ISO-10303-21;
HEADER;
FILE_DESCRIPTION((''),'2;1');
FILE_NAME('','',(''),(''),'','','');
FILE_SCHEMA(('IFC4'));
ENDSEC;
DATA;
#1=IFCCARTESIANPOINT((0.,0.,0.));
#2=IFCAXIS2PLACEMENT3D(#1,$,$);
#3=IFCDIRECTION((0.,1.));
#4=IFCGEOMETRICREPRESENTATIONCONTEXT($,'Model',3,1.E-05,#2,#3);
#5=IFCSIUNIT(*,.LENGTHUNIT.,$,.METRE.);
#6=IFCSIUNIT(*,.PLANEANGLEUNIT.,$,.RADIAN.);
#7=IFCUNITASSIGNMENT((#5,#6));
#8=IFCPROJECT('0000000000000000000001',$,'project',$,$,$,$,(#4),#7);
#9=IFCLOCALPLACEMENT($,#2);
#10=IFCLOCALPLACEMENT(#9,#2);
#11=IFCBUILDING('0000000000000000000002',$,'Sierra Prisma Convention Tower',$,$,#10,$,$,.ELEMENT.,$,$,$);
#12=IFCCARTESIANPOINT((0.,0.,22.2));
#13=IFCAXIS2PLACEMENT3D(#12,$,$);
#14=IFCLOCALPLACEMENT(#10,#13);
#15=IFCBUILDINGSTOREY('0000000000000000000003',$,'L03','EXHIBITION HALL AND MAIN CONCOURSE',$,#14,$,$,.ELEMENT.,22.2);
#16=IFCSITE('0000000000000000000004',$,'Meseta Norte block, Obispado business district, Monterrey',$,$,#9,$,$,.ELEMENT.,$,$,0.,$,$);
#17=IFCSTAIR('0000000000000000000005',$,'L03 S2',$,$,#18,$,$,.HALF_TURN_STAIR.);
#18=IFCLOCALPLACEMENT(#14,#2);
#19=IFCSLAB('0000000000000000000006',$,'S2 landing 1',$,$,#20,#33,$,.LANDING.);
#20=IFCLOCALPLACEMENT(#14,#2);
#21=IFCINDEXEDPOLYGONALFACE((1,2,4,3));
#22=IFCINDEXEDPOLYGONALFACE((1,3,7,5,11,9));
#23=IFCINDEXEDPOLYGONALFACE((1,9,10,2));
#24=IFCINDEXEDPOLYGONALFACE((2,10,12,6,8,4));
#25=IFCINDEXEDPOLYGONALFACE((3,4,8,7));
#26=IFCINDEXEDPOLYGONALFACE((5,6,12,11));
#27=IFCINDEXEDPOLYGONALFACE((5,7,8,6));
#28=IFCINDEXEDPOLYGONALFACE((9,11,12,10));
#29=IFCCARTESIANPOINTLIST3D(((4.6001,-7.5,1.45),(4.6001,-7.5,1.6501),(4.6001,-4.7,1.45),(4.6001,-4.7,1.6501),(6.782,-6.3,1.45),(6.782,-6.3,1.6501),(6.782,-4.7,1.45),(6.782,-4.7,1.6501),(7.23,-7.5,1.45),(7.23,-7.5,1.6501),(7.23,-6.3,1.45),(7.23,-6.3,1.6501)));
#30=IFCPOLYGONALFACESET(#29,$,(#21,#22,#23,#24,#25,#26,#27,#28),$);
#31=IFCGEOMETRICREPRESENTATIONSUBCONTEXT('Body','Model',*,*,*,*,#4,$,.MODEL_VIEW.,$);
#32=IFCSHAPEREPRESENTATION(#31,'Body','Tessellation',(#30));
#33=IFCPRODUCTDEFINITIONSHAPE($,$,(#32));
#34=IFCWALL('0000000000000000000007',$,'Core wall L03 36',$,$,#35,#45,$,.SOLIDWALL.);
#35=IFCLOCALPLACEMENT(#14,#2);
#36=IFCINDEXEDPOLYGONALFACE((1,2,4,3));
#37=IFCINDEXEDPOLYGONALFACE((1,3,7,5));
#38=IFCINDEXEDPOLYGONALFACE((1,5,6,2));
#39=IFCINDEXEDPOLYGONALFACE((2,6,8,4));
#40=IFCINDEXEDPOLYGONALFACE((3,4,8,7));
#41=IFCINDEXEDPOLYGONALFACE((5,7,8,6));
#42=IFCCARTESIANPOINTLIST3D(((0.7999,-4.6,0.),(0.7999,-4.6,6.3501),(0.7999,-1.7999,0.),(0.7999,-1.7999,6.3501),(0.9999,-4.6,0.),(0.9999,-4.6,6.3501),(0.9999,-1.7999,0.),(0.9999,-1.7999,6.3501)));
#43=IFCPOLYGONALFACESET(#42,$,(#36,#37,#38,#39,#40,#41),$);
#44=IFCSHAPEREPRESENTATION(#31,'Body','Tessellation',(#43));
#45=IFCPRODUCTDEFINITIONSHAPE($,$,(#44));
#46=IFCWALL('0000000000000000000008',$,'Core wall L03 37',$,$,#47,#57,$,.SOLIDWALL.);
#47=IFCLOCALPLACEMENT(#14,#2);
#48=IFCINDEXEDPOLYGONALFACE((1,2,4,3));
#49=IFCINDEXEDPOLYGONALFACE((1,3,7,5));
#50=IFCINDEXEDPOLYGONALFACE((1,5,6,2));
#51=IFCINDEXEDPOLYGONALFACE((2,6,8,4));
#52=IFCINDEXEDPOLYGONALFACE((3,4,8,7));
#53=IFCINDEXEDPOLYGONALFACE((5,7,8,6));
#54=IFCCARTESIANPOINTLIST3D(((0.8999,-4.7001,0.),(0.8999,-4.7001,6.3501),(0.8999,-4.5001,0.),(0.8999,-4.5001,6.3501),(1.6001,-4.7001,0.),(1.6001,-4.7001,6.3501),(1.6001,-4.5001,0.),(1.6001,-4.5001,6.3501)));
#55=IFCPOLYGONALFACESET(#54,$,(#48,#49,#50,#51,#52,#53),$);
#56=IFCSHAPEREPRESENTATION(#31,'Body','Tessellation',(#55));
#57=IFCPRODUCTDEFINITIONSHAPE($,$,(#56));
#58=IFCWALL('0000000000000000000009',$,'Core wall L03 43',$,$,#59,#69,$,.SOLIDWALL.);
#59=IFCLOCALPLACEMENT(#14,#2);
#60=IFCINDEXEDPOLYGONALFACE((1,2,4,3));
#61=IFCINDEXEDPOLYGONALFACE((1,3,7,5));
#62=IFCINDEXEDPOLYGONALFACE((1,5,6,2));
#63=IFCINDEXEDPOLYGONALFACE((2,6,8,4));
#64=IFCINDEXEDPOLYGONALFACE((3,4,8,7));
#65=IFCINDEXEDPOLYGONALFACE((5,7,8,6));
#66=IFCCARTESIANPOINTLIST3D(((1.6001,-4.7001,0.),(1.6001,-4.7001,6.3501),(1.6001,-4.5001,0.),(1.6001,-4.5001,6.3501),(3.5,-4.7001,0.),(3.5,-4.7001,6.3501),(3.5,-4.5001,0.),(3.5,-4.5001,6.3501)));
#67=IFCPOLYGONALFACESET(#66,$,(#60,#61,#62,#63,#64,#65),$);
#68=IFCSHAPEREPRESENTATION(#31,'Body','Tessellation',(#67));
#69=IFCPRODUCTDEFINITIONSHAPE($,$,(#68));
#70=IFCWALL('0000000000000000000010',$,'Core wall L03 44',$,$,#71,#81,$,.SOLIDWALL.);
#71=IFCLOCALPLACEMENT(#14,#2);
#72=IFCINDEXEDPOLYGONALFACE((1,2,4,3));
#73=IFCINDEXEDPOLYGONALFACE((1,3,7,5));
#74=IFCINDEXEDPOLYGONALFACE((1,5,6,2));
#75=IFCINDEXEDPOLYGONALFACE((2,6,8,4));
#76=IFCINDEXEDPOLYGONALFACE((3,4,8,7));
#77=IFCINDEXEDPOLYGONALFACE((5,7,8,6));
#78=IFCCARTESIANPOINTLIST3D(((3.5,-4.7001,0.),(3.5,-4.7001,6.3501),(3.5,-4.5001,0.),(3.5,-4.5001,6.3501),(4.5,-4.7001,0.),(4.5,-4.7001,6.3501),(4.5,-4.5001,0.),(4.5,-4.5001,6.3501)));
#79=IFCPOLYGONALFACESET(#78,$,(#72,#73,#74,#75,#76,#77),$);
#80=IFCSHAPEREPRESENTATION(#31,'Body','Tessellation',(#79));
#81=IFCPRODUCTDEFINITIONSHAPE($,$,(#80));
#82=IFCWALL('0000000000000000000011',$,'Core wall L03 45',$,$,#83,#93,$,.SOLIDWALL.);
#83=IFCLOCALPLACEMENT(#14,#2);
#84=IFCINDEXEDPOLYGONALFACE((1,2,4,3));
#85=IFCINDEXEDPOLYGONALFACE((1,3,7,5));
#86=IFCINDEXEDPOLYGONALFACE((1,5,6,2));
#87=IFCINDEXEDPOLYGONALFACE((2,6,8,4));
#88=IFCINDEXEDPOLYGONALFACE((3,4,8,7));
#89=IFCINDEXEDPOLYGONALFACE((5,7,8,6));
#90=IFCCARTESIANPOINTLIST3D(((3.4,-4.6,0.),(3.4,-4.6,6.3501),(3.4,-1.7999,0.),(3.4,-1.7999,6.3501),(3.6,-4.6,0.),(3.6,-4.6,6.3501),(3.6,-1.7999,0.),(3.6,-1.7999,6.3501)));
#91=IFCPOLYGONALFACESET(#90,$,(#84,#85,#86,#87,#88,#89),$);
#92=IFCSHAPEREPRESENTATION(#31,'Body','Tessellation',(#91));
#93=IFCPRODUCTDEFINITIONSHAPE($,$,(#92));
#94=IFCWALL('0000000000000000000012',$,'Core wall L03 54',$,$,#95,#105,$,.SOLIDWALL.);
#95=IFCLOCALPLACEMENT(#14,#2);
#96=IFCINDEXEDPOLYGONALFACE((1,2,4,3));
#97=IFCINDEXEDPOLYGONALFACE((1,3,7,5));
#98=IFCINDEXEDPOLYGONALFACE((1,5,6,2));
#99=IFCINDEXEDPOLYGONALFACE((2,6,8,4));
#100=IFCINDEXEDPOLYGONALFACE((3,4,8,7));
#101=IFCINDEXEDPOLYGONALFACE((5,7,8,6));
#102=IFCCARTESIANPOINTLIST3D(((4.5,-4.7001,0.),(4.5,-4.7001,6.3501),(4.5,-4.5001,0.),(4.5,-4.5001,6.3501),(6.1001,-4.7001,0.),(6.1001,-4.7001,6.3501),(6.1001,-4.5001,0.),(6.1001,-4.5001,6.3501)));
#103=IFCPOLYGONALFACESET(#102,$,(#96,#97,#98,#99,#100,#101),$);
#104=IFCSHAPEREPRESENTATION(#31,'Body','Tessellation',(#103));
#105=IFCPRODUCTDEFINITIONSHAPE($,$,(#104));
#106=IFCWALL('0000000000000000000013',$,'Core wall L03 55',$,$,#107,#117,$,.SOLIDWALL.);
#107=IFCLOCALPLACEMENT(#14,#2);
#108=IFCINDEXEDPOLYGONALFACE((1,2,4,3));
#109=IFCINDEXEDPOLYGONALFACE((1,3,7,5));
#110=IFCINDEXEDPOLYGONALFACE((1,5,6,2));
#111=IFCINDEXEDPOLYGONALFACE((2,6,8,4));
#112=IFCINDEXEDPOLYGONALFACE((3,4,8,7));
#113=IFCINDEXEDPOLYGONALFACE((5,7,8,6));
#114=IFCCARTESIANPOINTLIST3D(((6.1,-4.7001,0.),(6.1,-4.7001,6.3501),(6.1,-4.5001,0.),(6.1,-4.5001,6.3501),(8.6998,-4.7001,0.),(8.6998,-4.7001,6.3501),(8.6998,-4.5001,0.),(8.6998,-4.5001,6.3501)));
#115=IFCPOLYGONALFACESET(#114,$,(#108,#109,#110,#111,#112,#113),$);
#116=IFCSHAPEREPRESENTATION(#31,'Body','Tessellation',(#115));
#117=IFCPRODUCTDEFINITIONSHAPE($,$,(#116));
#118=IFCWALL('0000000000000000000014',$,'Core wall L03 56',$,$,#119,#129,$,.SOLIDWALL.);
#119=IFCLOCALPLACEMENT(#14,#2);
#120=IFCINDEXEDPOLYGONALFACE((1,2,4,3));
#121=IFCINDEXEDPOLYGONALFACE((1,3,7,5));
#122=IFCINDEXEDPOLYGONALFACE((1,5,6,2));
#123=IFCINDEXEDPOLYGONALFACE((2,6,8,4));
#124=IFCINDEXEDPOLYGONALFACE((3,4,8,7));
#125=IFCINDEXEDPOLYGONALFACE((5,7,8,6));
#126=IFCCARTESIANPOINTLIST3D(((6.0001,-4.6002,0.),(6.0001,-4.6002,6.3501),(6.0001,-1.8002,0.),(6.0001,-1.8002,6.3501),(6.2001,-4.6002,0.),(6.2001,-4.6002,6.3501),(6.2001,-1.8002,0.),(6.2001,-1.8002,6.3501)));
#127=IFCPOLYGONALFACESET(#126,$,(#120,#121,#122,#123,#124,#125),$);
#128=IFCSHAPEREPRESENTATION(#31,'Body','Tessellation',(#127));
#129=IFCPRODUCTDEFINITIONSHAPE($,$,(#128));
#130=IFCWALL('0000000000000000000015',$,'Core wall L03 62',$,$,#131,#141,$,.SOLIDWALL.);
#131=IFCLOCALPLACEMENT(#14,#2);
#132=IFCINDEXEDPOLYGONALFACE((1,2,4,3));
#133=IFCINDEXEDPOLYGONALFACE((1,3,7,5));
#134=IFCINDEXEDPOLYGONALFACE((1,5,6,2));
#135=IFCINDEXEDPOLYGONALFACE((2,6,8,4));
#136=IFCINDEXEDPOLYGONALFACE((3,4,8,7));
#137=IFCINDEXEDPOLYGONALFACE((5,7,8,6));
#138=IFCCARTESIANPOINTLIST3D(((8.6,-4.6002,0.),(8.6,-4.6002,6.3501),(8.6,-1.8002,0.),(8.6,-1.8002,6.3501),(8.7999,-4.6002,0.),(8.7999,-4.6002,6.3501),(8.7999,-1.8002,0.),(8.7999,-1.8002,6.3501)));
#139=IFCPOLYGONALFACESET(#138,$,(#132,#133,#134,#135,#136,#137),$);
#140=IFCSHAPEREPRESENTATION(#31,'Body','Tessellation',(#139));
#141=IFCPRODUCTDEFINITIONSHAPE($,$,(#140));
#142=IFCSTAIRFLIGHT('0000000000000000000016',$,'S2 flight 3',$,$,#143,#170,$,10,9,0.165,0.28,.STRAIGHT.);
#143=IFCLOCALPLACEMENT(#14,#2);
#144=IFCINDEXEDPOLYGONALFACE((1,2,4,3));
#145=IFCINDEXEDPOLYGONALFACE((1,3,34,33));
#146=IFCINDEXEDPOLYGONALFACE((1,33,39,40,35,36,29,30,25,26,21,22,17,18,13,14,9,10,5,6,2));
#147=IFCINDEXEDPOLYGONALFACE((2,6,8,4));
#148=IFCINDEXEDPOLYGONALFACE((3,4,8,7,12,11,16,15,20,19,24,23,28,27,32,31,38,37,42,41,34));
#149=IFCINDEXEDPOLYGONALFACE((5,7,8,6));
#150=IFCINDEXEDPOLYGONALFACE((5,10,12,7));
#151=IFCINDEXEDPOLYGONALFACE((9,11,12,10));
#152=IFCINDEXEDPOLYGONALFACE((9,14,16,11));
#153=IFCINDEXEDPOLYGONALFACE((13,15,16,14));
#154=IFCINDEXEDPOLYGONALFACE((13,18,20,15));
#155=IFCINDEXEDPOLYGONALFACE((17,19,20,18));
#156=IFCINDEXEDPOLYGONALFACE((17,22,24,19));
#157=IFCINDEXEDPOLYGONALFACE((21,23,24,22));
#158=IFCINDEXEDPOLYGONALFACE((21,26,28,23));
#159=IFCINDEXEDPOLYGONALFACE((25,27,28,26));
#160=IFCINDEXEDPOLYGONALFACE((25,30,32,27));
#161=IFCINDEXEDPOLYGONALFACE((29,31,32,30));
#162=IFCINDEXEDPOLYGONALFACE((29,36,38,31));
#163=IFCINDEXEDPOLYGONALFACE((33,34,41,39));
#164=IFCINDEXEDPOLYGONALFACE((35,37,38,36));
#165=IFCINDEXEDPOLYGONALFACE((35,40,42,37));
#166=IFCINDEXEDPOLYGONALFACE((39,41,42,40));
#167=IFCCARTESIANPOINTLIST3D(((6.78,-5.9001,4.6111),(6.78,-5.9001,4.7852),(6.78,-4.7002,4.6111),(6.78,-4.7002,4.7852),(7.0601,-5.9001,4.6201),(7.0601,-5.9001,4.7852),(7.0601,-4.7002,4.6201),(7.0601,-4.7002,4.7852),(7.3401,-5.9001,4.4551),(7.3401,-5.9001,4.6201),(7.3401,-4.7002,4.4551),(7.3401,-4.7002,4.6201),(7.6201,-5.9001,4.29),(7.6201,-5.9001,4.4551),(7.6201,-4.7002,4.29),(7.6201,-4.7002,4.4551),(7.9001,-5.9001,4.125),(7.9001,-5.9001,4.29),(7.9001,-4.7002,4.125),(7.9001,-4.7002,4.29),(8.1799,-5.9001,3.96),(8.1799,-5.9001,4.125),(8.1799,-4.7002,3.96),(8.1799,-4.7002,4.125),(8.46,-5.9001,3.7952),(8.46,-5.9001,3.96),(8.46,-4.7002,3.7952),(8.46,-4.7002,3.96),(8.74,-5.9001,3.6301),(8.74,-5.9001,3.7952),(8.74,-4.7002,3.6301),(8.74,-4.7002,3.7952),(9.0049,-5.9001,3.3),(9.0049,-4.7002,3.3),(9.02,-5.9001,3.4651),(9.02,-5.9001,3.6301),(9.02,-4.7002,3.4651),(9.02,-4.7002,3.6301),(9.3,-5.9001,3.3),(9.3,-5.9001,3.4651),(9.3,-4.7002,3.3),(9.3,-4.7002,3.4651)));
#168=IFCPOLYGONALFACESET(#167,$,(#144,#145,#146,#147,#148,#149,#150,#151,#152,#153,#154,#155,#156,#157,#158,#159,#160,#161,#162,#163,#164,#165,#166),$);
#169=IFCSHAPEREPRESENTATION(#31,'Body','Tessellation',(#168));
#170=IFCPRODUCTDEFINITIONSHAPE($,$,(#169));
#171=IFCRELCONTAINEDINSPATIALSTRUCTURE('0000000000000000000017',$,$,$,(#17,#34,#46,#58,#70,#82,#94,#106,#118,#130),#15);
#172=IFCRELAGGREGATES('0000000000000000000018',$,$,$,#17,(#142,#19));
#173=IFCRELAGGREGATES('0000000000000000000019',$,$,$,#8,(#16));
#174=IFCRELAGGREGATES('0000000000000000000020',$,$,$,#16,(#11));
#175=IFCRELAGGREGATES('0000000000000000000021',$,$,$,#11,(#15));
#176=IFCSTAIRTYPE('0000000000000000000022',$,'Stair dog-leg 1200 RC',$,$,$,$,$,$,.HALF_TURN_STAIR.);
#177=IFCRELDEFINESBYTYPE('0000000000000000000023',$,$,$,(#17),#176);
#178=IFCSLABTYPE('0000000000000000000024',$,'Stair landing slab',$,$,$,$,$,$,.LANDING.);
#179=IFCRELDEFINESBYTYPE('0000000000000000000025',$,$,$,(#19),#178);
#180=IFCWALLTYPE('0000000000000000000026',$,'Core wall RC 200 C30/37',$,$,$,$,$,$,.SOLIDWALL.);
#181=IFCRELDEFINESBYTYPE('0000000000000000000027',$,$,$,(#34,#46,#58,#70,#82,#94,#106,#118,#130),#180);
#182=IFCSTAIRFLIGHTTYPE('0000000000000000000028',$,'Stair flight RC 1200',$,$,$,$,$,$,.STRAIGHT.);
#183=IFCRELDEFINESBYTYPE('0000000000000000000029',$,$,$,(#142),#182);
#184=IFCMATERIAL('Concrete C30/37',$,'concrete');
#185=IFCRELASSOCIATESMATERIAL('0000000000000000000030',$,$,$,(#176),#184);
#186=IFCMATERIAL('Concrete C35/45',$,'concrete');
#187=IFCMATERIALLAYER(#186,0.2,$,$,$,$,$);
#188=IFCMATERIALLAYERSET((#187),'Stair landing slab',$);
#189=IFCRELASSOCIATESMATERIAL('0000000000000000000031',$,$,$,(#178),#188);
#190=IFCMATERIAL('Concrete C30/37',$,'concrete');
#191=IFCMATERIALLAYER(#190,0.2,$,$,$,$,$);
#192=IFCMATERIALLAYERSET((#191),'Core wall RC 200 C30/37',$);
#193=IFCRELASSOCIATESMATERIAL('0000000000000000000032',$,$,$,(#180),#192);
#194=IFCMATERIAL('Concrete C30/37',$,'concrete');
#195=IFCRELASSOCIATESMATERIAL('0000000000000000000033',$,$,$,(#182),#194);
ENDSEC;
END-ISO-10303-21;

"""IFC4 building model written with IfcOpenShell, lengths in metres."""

from ifc_helpers import new_model, si_unit, direction, frame, frame_2d, origin, place, context, subcontext, project, spatial, polyline, rectangle, outline, extrude, material, layer, layer_set, type_object, element, aggregate, save


model = new_model("IFC4")

# Units and contexts
model_context = context("Model", 3, precision=1e-05, world=origin(), true_north=direction((0.0, 1.0)))
body_context = subcontext(model_context, "Body", "Model", "MODEL_VIEW")
ifc_project = project(units=[si_unit("LENGTHUNIT", "METRE"), si_unit("PLANEANGLEUNIT", "RADIAN")], contexts=[model_context])

# Site, building, storey
site_placement = place(None, origin())
site = spatial("IfcSite", under=ifc_project, at=site_placement, Name="Meseta Norte block, Obispado business district, Monterrey", CompositionType="ELEMENT", RefElevation=0.0)
building_placement = place(site_placement, origin())
building = spatial("IfcBuilding", under=site, at=building_placement, Name="Sierra Prisma Convention Tower", CompositionType="ELEMENT")
storey_placement = place(building_placement, frame((0.0, 0.0, 22.2)))
storey = spatial("IfcBuildingStorey", under=building, at=storey_placement, Name="L03", Description="EXHIBITION HALL AND MAIN CONCOURSE", CompositionType="ELEMENT", Elevation=22.2)

# Stair, slab
ifc_material_1 = material(Name="Concrete C30/37", Category="concrete")
stair_type = type_object("IfcStairType", Name="Stair dog-leg 1200 RC", PredefinedType="HALF_TURN_STAIR", material=ifc_material_1)
stair_placement = place(storey_placement, origin())
stair = element("IfcStair", 1, at=stair_placement, inside=storey, type_object=stair_type, Name="L03 S2", PredefinedType="HALF_TURN_STAIR")
ifc_material_2 = material(Name="Concrete C35/45", Category="concrete")
ifc_layer_1 = layer(ifc_material_2, 0.2)
ifc_layer_set_1 = layer_set([ifc_layer_1], Name="Stair landing slab")
slab_type = type_object("IfcSlabType", Name="Stair landing slab", PredefinedType="LANDING", material=ifc_layer_set_1)
slab_placement = place(storey_placement, frame((0.0, 0.0, 1.45)))
slab = element("IfcSlab", 2, at=slab_placement, type_object=slab_type, Name="S2 landing 1", PredefinedType="LANDING", context=body_context, shape_type="SweptSolid", body=[
    extrude(outline(polyline([(7.23, -6.3), (7.23, -7.5), (4.6001, -7.5), (4.6001, -4.7), (6.782, -4.7), (6.782, -6.3), (7.23, -6.3)])), origin(), (0.0, 0.0, 1.0), 0.2002),
])

# Shared definitions
ifc_material_3 = material(Name="Concrete C30/37", Category="concrete")
ifc_layer_2 = layer(ifc_material_3, 0.2)
ifc_layer_set_2 = layer_set([ifc_layer_2], Name="Core wall RC 200 C30/37")
wall_type = type_object("IfcWallType", Name="Core wall RC 200 C30/37", PredefinedType="SOLIDWALL", material=ifc_layer_set_2)

# Walls
wall_1_placement = place(storey_placement, frame((0.8999, -1.8, 0.0), z_axis=(0.0, 0.0, 1.0), x_axis=(0.0, -1.0, 0.0)))
element("IfcWall", 3, at=wall_1_placement, inside=storey, type_object=wall_type, Name="Core wall L03 36", PredefinedType="SOLIDWALL", context=body_context, shape_type="SweptSolid", body=[
    extrude(rectangle(XDim=2.8, YDim=0.2, at=frame_2d((1.3999, 0.0))), origin(), (0.0, 0.0, 1.0), 6.3501),
])
wall_2_placement = place(storey_placement, frame((0.8999, -4.6001, 0.0), z_axis=(0.0, 0.0, 1.0), x_axis=(1.0, 0.0, 0.0)))
element("IfcWall", 4, at=wall_2_placement, inside=storey, type_object=wall_type, Name="Core wall L03 37", PredefinedType="SOLIDWALL", context=body_context, shape_type="SweptSolid", body=[
    extrude(rectangle(XDim=0.7002, YDim=0.2, at=frame_2d((0.3501, 0.0))), origin(), (0.0, 0.0, 1.0), 6.3501),
])

# Walls
wall_3_placement = place(storey_placement, frame((3.5, -4.6001, 0.0), z_axis=(0.0, 0.0, 1.0), x_axis=(-1.0, 0.0, 0.0)))
element("IfcWall", 5, at=wall_3_placement, inside=storey, type_object=wall_type, Name="Core wall L03 43", PredefinedType="SOLIDWALL", context=body_context, shape_type="SweptSolid", body=[
    extrude(rectangle(XDim=1.8999, YDim=0.2, at=frame_2d((0.95, 0.0))), origin(), (0.0, 0.0, 1.0), 6.3501),
])
wall_4_placement = place(storey_placement, frame((3.5, -4.6001, 0.0), z_axis=(0.0, 0.0, 1.0), x_axis=(1.0, 0.0, 0.0)))
element("IfcWall", 6, at=wall_4_placement, inside=storey, type_object=wall_type, Name="Core wall L03 44", PredefinedType="SOLIDWALL", context=body_context, shape_type="SweptSolid", body=[
    extrude(rectangle(XDim=1.0, YDim=0.2, at=frame_2d((0.5, 0.0))), origin(), (0.0, 0.0, 1.0), 6.3501),
])
wall_5_placement = place(storey_placement, frame((3.5, -1.8, 0.0), z_axis=(0.0, 0.0, 1.0), x_axis=(0.0, -1.0, 0.0)))
element("IfcWall", 7, at=wall_5_placement, inside=storey, type_object=wall_type, Name="Core wall L03 45", PredefinedType="SOLIDWALL", context=body_context, shape_type="SweptSolid", body=[
    extrude(rectangle(XDim=2.8, YDim=0.2, at=frame_2d((1.3999, 0.0))), origin(), (0.0, 0.0, 1.0), 6.3501),
])

# Walls
wall_6_placement = place(storey_placement, frame((4.5, -4.6001, 0.0), z_axis=(0.0, 0.0, 1.0), x_axis=(1.0, 0.0, 0.0)))
element("IfcWall", 8, at=wall_6_placement, inside=storey, type_object=wall_type, Name="Core wall L03 54", PredefinedType="SOLIDWALL", context=body_context, shape_type="SweptSolid", body=[
    extrude(rectangle(XDim=1.6001, YDim=0.2, at=frame_2d((0.8, 0.0))), origin(), (0.0, 0.0, 1.0), 6.3501),
])
wall_7_placement = place(storey_placement, frame((6.1001, -4.6001, 0.0), z_axis=(0.0, 0.0, 1.0), x_axis=(1.0, 0.0, 0.0)))
element("IfcWall", 9, at=wall_7_placement, inside=storey, type_object=wall_type, Name="Core wall L03 55", PredefinedType="SOLIDWALL", context=body_context, shape_type="SweptSolid", body=[
    extrude(rectangle(XDim=2.5999, YDim=0.2, at=frame_2d((1.2998, 0.0))), origin(), (0.0, 0.0, 1.0), 6.3501),
])
wall_8_placement = place(storey_placement, frame((6.1001, -4.6001, 0.0), z_axis=(0.0, 0.0, 1.0), x_axis=(0.0, 1.0, 0.0)))
element("IfcWall", 10, at=wall_8_placement, inside=storey, type_object=wall_type, Name="Core wall L03 56", PredefinedType="SOLIDWALL", context=body_context, shape_type="SweptSolid", body=[
    extrude(rectangle(XDim=2.8, YDim=0.2, at=frame_2d((1.3999, 0.0))), origin(), (0.0, 0.0, 1.0), 6.3501),
])

# Wall
wall_9_placement = place(storey_placement, frame((8.7, -4.6001, 0.0), z_axis=(0.0, 0.0, 1.0), x_axis=(0.0, 1.0, 0.0)))
element("IfcWall", 11, at=wall_9_placement, inside=storey, type_object=wall_type, Name="Core wall L03 62", PredefinedType="SOLIDWALL", context=body_context, shape_type="SweptSolid", body=[
    extrude(rectangle(XDim=2.8, YDim=0.2, at=frame_2d((1.3999, 0.0))), origin(), (0.0, 0.0, 1.0), 6.3501),
])

# Stair flight
ifc_material_4 = material(Name="Concrete C30/37", Category="concrete")
stair_flight_type = type_object("IfcStairFlightType", Name="Stair flight RC 1200", PredefinedType="STRAIGHT", material=ifc_material_4)
stair_flight_placement = place(storey_placement, frame((9.3, -5.3, 3.3), z_axis=(0.0, 0.0, 1.0), x_axis=(-1.0, 0.0, 0.0)))
stair_flight = element("IfcStairFlight", 12, at=stair_flight_placement, type_object=stair_flight_type, Name="S2 flight 3", NumberOfRisers=10, NumberOfTreads=9, PredefinedType="STRAIGHT", RiserHeight=0.165, TreadLength=0.28, context=body_context, shape_type="SweptSolid", body=[
    extrude(outline(polyline([(0.0, 0.0), (0.0, 0.165), (0.28, 0.165), (0.28, 0.3301), (0.5601, 0.3301), (0.5601, 0.4951), (0.8401, 0.4951), (0.8401, 0.6599), (1.1201, 0.6599), (1.1201, 0.825), (1.3999, 0.825), (1.3999, 0.99), (1.6799, 0.99), (1.6799, 1.155), (1.96, 1.155), (1.96, 1.3201), (2.24, 1.3201), (2.24, 1.4851), (2.52, 1.4851), (2.52, 1.6499), (2.52, 1.311), (0.2952, 0.0), (0.0, 0.0)])), frame((0.0, 0.6001, 0.0), z_axis=(0.0, -1.0, 0.0), x_axis=(1.0, 0.0, 0.0)), (0.0, 0.0, 1.0), 1.2),
])
aggregate(stair, [stair_flight, slab])

save(model, "model.ifc")
